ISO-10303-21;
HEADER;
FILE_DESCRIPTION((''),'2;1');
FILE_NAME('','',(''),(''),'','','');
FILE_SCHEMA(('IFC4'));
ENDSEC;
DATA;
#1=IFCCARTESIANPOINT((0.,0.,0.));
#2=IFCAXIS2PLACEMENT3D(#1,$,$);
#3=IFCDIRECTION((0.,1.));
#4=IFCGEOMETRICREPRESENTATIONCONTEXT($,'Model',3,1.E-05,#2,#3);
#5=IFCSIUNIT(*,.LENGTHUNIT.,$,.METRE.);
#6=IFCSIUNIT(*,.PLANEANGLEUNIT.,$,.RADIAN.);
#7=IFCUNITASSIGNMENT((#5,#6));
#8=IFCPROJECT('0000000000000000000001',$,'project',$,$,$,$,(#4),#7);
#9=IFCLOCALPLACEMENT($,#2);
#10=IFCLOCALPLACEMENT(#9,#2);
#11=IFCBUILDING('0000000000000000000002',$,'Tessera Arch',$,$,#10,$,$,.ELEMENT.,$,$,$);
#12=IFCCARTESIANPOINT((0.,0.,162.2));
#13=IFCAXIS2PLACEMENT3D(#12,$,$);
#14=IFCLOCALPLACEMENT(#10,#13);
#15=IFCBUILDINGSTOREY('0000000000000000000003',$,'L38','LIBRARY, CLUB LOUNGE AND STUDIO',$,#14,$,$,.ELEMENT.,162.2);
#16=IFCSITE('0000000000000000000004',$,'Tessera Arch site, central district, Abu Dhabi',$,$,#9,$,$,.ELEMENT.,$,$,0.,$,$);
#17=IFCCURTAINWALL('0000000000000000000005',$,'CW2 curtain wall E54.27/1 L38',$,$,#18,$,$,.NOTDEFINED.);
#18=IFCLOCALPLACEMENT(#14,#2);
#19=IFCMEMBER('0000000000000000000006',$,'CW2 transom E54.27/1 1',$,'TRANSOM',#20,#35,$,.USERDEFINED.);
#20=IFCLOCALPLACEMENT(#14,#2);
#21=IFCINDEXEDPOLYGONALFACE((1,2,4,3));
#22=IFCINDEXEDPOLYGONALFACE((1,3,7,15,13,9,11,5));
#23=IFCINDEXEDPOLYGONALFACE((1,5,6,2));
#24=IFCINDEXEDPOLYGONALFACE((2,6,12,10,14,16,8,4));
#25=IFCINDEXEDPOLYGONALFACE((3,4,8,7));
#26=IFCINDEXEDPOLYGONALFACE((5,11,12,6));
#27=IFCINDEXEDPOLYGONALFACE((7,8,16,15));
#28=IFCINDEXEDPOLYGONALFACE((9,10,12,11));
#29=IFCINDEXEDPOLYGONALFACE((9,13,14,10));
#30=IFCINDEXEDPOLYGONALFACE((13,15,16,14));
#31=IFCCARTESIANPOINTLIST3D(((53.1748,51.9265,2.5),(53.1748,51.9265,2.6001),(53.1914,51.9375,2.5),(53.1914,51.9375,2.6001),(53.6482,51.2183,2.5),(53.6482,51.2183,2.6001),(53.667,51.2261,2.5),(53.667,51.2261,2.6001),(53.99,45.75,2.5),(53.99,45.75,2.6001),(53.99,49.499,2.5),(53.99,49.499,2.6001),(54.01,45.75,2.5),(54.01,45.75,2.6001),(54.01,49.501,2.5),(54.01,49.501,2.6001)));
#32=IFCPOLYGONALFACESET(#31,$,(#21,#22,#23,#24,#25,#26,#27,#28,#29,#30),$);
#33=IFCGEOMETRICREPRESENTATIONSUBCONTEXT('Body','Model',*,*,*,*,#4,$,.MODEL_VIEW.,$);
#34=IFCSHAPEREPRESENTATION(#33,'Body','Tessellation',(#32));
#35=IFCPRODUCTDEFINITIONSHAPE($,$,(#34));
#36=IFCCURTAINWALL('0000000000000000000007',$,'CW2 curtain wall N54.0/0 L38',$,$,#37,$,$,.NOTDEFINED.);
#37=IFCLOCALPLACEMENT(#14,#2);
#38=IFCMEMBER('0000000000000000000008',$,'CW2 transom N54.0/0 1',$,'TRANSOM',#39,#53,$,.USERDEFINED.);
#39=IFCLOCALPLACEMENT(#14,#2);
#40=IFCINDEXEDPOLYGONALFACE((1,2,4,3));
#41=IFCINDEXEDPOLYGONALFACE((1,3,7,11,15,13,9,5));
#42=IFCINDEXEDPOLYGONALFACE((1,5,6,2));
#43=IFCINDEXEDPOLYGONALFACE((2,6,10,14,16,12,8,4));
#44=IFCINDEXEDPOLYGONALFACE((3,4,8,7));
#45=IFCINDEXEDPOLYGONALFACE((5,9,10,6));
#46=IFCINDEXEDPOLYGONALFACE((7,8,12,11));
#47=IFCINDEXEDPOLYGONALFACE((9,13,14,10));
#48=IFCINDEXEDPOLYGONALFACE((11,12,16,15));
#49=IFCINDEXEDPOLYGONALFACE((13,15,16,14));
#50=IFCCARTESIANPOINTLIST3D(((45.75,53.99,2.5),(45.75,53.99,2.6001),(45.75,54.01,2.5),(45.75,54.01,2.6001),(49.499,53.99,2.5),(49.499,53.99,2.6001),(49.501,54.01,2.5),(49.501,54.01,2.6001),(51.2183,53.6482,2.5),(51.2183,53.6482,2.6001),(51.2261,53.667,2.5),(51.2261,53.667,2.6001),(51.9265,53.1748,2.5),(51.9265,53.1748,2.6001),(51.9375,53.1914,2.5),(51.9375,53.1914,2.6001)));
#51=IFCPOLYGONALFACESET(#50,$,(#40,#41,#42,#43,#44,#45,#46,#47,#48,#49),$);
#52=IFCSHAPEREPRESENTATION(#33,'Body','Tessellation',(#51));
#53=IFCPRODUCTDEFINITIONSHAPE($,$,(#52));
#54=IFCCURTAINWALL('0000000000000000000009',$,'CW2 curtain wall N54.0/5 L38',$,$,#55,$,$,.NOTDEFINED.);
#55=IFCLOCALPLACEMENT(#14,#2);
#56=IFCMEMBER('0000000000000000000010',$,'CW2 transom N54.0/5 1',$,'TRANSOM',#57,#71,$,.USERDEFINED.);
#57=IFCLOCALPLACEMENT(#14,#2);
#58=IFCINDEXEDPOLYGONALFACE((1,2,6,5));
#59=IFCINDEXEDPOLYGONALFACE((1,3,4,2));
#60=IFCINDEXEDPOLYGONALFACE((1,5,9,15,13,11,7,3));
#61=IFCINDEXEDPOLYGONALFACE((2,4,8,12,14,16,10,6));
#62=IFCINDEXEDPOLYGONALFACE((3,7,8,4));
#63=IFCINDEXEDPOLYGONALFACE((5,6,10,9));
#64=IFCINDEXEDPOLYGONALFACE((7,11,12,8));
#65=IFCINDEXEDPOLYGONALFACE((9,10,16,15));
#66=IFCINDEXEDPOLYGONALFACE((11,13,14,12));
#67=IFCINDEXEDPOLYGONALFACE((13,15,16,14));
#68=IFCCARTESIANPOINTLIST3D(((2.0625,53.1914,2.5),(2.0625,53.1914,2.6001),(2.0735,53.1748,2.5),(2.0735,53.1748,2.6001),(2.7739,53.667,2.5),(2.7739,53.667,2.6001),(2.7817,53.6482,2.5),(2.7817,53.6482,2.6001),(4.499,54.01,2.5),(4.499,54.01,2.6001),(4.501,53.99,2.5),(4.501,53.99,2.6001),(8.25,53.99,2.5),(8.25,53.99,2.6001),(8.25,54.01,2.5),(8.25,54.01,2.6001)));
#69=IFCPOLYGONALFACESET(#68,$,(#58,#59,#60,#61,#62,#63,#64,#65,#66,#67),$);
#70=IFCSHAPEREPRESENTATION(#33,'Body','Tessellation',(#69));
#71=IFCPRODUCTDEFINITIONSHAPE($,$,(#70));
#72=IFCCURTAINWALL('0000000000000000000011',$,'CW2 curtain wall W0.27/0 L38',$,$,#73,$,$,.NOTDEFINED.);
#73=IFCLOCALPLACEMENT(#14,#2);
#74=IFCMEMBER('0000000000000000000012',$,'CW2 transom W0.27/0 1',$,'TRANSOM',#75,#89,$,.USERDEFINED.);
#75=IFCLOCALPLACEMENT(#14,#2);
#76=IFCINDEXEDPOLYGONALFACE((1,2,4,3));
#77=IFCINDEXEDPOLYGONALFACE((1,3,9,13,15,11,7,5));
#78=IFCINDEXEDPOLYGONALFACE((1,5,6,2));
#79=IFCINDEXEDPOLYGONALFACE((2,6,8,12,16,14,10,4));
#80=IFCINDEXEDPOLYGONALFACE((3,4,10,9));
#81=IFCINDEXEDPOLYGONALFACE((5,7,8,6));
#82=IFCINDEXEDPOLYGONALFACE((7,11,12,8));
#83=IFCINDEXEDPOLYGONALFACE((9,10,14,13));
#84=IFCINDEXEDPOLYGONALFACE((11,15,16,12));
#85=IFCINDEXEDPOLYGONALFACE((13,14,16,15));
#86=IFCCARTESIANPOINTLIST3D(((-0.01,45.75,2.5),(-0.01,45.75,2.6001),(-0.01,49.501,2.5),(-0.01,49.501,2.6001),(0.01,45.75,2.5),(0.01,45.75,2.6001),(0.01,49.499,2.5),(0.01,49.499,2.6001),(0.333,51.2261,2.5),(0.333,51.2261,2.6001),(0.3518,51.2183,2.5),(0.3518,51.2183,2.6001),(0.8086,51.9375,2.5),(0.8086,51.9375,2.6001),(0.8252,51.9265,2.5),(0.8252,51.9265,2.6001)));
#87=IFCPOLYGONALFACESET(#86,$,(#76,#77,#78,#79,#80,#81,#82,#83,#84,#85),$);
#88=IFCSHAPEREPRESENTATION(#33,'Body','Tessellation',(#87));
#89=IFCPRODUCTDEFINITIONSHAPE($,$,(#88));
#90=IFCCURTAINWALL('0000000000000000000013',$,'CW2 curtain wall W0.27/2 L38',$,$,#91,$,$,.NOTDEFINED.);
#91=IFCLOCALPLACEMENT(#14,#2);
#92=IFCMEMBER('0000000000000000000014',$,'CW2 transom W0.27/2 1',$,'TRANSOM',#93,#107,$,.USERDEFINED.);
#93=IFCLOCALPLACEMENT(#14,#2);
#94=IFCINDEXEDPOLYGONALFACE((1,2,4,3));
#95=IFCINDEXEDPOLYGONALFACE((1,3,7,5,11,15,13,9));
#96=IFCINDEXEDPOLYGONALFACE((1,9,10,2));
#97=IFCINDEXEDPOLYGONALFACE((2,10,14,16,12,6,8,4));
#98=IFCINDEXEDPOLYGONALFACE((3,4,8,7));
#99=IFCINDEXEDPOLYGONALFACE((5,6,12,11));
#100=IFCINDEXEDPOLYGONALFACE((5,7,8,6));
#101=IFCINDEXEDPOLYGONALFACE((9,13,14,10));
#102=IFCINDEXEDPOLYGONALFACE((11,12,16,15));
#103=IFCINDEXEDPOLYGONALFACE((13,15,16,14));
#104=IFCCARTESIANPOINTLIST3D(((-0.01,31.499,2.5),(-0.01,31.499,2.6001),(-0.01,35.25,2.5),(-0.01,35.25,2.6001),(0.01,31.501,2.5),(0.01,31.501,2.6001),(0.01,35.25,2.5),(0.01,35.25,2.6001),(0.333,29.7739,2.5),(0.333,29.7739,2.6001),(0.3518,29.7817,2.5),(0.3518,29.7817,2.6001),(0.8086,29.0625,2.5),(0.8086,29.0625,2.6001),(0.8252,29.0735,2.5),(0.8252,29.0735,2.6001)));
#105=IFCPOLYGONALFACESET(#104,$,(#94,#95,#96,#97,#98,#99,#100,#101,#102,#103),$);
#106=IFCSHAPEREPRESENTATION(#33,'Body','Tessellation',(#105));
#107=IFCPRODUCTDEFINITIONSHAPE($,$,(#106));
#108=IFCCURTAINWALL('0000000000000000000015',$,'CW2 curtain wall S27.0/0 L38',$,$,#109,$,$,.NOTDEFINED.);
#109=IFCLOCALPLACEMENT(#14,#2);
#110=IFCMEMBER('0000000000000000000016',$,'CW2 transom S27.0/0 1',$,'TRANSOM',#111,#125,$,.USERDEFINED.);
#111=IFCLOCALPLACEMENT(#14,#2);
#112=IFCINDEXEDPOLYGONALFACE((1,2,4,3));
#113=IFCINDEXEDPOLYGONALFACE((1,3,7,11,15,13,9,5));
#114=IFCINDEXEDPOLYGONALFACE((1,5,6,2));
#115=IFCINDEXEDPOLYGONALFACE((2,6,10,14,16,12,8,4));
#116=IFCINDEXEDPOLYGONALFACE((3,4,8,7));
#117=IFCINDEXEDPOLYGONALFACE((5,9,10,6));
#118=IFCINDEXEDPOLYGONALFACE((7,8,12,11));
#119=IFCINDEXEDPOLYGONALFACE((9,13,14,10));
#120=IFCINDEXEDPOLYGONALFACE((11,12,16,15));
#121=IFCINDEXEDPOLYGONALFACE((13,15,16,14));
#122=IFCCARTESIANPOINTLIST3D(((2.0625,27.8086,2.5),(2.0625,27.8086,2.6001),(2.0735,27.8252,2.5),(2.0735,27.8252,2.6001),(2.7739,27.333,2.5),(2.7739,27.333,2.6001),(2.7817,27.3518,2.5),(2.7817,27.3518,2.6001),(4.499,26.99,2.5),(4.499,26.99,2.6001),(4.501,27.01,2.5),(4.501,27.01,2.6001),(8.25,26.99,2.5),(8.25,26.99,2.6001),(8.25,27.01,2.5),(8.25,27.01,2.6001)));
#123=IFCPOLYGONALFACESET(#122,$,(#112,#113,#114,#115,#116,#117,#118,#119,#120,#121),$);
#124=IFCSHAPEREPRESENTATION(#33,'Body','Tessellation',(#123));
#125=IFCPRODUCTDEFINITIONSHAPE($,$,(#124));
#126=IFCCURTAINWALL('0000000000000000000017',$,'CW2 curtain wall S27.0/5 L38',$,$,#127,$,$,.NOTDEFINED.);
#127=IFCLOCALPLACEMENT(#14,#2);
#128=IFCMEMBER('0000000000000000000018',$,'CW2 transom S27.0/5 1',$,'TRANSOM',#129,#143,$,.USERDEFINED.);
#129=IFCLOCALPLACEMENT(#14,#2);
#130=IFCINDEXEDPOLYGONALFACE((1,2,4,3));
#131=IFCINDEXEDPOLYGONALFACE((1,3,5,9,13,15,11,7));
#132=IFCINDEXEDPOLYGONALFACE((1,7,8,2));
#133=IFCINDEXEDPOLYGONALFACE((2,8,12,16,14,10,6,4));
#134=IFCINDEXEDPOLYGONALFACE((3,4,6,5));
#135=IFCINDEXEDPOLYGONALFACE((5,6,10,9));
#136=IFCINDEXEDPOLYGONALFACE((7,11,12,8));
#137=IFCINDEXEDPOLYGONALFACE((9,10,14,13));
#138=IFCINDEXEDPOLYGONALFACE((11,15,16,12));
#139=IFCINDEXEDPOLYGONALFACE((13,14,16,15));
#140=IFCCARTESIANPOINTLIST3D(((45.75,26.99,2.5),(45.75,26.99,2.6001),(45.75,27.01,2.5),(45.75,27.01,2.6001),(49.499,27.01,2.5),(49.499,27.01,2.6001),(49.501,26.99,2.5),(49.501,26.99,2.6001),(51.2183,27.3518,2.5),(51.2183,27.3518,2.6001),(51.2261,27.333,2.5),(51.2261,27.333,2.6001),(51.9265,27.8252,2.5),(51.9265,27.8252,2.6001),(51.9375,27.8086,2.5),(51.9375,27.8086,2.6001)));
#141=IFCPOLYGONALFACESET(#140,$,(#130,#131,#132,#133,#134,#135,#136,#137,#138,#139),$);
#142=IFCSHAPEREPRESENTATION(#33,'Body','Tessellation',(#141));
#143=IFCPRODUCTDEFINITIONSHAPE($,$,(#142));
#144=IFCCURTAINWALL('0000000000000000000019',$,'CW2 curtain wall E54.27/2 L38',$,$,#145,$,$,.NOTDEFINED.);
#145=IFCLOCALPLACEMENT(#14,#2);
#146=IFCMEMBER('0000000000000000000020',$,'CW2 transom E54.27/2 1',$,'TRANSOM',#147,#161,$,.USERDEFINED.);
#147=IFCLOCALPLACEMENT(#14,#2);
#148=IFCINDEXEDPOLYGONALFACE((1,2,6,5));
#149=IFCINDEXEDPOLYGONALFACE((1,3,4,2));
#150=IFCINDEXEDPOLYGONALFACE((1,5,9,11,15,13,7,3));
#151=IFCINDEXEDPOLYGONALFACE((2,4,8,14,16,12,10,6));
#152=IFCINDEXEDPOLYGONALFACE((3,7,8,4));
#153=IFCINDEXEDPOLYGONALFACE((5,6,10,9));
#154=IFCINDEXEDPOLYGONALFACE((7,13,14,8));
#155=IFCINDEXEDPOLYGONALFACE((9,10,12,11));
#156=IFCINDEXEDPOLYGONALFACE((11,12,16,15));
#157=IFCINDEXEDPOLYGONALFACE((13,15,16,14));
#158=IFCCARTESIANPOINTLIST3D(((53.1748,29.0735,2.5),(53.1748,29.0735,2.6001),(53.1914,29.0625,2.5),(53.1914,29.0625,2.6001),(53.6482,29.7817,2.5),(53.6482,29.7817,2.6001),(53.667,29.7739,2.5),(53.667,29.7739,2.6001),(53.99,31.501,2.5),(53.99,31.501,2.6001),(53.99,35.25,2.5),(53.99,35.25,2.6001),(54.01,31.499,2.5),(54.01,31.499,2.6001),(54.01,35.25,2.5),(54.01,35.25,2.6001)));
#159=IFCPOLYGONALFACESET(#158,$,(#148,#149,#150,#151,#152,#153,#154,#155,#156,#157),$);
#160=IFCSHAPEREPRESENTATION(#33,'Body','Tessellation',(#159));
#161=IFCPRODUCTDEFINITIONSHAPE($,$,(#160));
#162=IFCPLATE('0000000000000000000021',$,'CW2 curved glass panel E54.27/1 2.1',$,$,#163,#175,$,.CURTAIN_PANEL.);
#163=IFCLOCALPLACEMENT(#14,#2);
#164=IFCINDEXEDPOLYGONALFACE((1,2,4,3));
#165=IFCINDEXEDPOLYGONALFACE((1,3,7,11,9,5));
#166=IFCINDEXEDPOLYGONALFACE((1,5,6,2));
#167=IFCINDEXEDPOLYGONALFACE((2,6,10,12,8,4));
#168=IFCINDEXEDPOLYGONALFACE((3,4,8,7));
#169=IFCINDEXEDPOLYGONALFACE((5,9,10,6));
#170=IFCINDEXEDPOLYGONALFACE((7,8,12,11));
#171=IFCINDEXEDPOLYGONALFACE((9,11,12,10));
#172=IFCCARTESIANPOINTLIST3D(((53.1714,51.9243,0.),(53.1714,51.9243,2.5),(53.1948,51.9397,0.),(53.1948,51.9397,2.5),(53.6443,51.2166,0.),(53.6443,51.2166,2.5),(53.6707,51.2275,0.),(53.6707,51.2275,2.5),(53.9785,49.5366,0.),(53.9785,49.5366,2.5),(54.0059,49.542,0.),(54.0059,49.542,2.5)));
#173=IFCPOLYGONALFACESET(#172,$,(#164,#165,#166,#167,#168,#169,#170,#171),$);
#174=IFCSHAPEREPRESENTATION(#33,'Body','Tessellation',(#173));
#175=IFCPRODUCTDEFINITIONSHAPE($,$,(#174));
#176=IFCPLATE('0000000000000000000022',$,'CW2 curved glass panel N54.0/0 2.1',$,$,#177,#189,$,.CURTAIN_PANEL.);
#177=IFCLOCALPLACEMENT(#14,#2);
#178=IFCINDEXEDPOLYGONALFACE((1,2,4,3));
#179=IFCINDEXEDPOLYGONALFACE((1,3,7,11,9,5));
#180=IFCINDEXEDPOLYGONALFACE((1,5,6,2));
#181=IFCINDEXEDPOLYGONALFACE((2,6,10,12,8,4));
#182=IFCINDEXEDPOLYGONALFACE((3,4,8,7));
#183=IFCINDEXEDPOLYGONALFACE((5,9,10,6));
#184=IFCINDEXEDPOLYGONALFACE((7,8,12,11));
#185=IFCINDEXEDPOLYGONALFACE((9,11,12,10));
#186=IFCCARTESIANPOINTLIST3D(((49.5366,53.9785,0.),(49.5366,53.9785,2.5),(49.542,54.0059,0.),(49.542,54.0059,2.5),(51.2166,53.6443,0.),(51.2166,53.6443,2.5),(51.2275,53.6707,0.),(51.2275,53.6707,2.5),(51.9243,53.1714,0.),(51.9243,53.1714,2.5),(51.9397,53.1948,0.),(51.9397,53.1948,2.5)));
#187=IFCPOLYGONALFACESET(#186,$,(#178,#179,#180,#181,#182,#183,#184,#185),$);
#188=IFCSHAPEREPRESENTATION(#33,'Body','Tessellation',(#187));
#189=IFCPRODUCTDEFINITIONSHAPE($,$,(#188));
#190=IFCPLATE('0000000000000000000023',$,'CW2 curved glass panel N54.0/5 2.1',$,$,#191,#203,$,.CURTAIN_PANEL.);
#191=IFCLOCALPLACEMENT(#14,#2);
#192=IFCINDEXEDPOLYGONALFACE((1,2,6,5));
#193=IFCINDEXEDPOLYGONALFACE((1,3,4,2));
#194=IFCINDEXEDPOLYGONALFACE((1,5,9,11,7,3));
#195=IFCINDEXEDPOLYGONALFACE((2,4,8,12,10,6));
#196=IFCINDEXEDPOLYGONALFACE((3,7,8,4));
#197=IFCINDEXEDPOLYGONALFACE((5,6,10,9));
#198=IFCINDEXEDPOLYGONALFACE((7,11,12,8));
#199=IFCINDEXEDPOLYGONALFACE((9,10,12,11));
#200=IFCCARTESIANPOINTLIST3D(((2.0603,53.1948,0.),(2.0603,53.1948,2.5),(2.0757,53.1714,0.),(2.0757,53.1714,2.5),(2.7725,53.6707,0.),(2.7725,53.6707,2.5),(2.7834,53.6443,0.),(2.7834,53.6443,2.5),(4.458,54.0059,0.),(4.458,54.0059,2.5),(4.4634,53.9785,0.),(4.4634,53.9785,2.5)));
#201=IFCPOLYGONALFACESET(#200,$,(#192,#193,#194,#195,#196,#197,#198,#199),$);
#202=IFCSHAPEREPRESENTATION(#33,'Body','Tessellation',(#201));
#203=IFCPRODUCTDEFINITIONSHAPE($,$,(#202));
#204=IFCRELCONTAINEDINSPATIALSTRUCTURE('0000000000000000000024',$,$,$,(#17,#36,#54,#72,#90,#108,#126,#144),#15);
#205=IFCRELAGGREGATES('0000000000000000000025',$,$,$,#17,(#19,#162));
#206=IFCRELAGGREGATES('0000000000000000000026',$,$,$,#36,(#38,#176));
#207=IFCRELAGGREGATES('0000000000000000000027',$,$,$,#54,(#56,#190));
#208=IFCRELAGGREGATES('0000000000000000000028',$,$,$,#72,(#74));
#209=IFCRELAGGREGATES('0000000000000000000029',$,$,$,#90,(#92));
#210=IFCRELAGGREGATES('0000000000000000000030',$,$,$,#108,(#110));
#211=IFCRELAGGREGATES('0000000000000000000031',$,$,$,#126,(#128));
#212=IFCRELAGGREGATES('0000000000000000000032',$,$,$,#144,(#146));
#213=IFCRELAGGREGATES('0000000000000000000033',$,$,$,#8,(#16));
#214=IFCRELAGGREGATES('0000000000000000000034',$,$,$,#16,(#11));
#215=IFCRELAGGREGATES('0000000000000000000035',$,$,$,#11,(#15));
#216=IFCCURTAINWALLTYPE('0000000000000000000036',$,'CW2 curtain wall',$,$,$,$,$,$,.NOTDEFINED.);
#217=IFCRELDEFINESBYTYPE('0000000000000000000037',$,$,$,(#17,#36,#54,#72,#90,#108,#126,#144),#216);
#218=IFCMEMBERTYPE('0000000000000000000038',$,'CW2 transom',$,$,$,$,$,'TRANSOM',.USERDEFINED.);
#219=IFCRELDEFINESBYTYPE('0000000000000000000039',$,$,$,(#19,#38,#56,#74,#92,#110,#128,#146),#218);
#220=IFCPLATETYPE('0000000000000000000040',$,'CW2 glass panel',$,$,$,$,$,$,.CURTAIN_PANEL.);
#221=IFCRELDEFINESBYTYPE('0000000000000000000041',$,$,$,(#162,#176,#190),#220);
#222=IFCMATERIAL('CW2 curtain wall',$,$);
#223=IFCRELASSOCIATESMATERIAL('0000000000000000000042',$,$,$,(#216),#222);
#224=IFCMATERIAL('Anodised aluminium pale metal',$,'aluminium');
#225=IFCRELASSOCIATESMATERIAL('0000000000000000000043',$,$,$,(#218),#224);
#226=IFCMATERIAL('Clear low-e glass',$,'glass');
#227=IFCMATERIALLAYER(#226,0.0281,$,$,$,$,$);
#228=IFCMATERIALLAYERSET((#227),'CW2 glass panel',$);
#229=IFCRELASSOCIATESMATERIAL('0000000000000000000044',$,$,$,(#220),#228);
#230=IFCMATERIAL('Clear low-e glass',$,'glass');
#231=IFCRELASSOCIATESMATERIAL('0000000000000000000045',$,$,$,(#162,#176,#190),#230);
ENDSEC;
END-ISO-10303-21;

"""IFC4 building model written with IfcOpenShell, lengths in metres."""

from ifc_helpers import new_model, si_unit, direction, frame, origin, origin_2d, place, context, subcontext, project, spatial, polyline, rectangle, outline, extrude, material, layer, layer_set, material_profile, profile_set, type_object, element, aggregate, save


model = new_model("IFC4")

# Units and contexts
model_context = context("Model", 3, precision=1e-05, world=origin(), true_north=direction((0.0, 1.0)))
body_context = subcontext(model_context, "Body", "Model", "MODEL_VIEW")
ifc_project = project(units=[si_unit("LENGTHUNIT", "METRE"), si_unit("PLANEANGLEUNIT", "RADIAN")], contexts=[model_context])

# Site, building, storey
site_placement = place(None, origin())
site = spatial("IfcSite", under=ifc_project, at=site_placement, Name="Tessera Arch site, central district, Abu Dhabi", CompositionType="ELEMENT", RefElevation=0.0)
building_placement = place(site_placement, origin())
building = spatial("IfcBuilding", under=site, at=building_placement, Name="Tessera Arch", CompositionType="ELEMENT")
storey_placement = place(building_placement, frame((0.0, 0.0, 162.2)))
storey = spatial("IfcBuildingStorey", under=building, at=storey_placement, Name="L38", Description="LIBRARY, CLUB LOUNGE AND STUDIO", CompositionType="ELEMENT", Elevation=162.2)

# Curtain walls, members
ifc_material_1 = material(Name="CW2 curtain wall")
curtain_wall_type = type_object("IfcCurtainWallType", Name="CW2 curtain wall", PredefinedType="NOTDEFINED", material=ifc_material_1)
curtain_wall_1_placement = place(storey_placement, origin())
curtain_wall_1 = element("IfcCurtainWall", 1, at=curtain_wall_1_placement, inside=storey, type_object=curtain_wall_type, Name="CW2 curtain wall E54.27/1 L38", PredefinedType="NOTDEFINED")
ifc_material_2 = material(Name="Anodised aluminium pale metal", Category="aluminium")
ifc_material_profile = material_profile(ifc_material_2, rectangle(XDim=0.2, YDim=0.1001, at=origin_2d()), Name="AL 200x100")
ifc_profile_set = profile_set([ifc_material_profile], Name="Anodised aluminium pale metal")
member_type = type_object("IfcMemberType", Name="CW2 transom", ElementType="TRANSOM", PredefinedType="USERDEFINED", material=ifc_profile_set)
member_1_placement = place(storey_placement, frame((0.0, 0.0, 2.5)))
member_1 = element("IfcMember", 2, at=member_1_placement, type_object=member_type, Name="CW2 transom E54.27/1 1", ObjectType="TRANSOM", PredefinedType="USERDEFINED", context=body_context, shape_type="SweptSolid", body=[
    extrude(outline(polyline([(53.99, 49.499), (53.99, 45.75), (54.01, 45.75), (54.01, 49.501), (53.667, 51.2261), (53.1914, 51.9375), (53.1748, 51.9265), (53.6482, 51.2183), (53.99, 49.499)])), origin(), (0.0, 0.0, 1.0), 0.1001),
])
curtain_wall_2_placement = place(storey_placement, origin())
curtain_wall_2 = element("IfcCurtainWall", 3, at=curtain_wall_2_placement, inside=storey, type_object=curtain_wall_type, Name="CW2 curtain wall N54.0/0 L38", PredefinedType="NOTDEFINED")
member_2_placement = place(storey_placement, frame((0.0, 0.0, 2.5)))
member_2 = element("IfcMember", 4, at=member_2_placement, type_object=member_type, Name="CW2 transom N54.0/0 1", ObjectType="TRANSOM", PredefinedType="USERDEFINED", context=body_context, shape_type="SweptSolid", body=[
    extrude(outline(polyline([(51.2183, 53.6482), (51.9265, 53.1748), (51.9375, 53.1914), (51.2261, 53.667), (49.501, 54.01), (45.75, 54.01), (45.75, 53.99), (49.499, 53.99), (51.2183, 53.6482)])), origin(), (0.0, 0.0, 1.0), 0.1001),
])
curtain_wall_3_placement = place(storey_placement, origin())
curtain_wall_3 = element("IfcCurtainWall", 5, at=curtain_wall_3_placement, inside=storey, type_object=curtain_wall_type, Name="CW2 curtain wall N54.0/5 L38", PredefinedType="NOTDEFINED")
member_3_placement = place(storey_placement, frame((0.0, 0.0, 2.5)))
member_3 = element("IfcMember", 6, at=member_3_placement, type_object=member_type, Name="CW2 transom N54.0/5 1", ObjectType="TRANSOM", PredefinedType="USERDEFINED", context=body_context, shape_type="SweptSolid", body=[
    extrude(outline(polyline([(4.501, 53.99), (8.25, 53.99), (8.25, 54.01), (4.499, 54.01), (2.7739, 53.667), (2.0625, 53.1914), (2.0735, 53.1748), (2.7817, 53.6482), (4.501, 53.99)])), origin(), (0.0, 0.0, 1.0), 0.1001),
])
curtain_wall_4_placement = place(storey_placement, origin())
curtain_wall_4 = element("IfcCurtainWall", 7, at=curtain_wall_4_placement, inside=storey, type_object=curtain_wall_type, Name="CW2 curtain wall W0.27/0 L38", PredefinedType="NOTDEFINED")
member_4_placement = place(storey_placement, frame((0.0, 0.0, 2.5)))
member_4 = element("IfcMember", 8, at=member_4_placement, type_object=member_type, Name="CW2 transom W0.27/0 1", ObjectType="TRANSOM", PredefinedType="USERDEFINED", context=body_context, shape_type="SweptSolid", body=[
    extrude(outline(polyline([(0.3518, 51.2183), (0.8252, 51.9265), (0.8086, 51.9375), (0.333, 51.2261), (-0.01, 49.501), (-0.01, 45.75), (0.01, 45.75), (0.01, 49.499), (0.3518, 51.2183)])), origin(), (0.0, 0.0, 1.0), 0.1001),
])
curtain_wall_5_placement = place(storey_placement, origin())
curtain_wall_5 = element("IfcCurtainWall", 9, at=curtain_wall_5_placement, inside=storey, type_object=curtain_wall_type, Name="CW2 curtain wall W0.27/2 L38", PredefinedType="NOTDEFINED")
member_5_placement = place(storey_placement, frame((0.0, 0.0, 2.5)))
member_5 = element("IfcMember", 10, at=member_5_placement, type_object=member_type, Name="CW2 transom W0.27/2 1", ObjectType="TRANSOM", PredefinedType="USERDEFINED", context=body_context, shape_type="SweptSolid", body=[
    extrude(outline(polyline([(0.01, 31.501), (0.01, 35.25), (-0.01, 35.25), (-0.01, 31.499), (0.333, 29.7739), (0.8086, 29.0625), (0.8252, 29.0735), (0.3518, 29.7817), (0.01, 31.501)])), origin(), (0.0, 0.0, 1.0), 0.1001),
])
curtain_wall_6_placement = place(storey_placement, origin())
curtain_wall_6 = element("IfcCurtainWall", 11, at=curtain_wall_6_placement, inside=storey, type_object=curtain_wall_type, Name="CW2 curtain wall S27.0/0 L38", PredefinedType="NOTDEFINED")
member_6_placement = place(storey_placement, frame((0.0, 0.0, 2.5)))
member_6 = element("IfcMember", 12, at=member_6_placement, type_object=member_type, Name="CW2 transom S27.0/0 1", ObjectType="TRANSOM", PredefinedType="USERDEFINED", context=body_context, shape_type="SweptSolid", body=[
    extrude(outline(polyline([(2.7817, 27.3518), (2.0735, 27.8252), (2.0625, 27.8086), (2.7739, 27.333), (4.499, 26.99), (8.25, 26.99), (8.25, 27.01), (4.501, 27.01), (2.7817, 27.3518)])), origin(), (0.0, 0.0, 1.0), 0.1001),
])
curtain_wall_7_placement = place(storey_placement, origin())
curtain_wall_7 = element("IfcCurtainWall", 13, at=curtain_wall_7_placement, inside=storey, type_object=curtain_wall_type, Name="CW2 curtain wall S27.0/5 L38", PredefinedType="NOTDEFINED")
member_7_placement = place(storey_placement, frame((0.0, 0.0, 2.5)))
member_7 = element("IfcMember", 14, at=member_7_placement, type_object=member_type, Name="CW2 transom S27.0/5 1", ObjectType="TRANSOM", PredefinedType="USERDEFINED", context=body_context, shape_type="SweptSolid", body=[
    extrude(outline(polyline([(49.499, 27.01), (45.75, 27.01), (45.75, 26.99), (49.501, 26.99), (51.2261, 27.333), (51.9375, 27.8086), (51.9265, 27.8252), (51.2183, 27.3518), (49.499, 27.01)])), origin(), (0.0, 0.0, 1.0), 0.1001),
])
curtain_wall_8_placement = place(storey_placement, origin())
curtain_wall_8 = element("IfcCurtainWall", 15, at=curtain_wall_8_placement, inside=storey, type_object=curtain_wall_type, Name="CW2 curtain wall E54.27/2 L38", PredefinedType="NOTDEFINED")
member_8_placement = place(storey_placement, frame((0.0, 0.0, 2.5)))
member_8 = element("IfcMember", 16, at=member_8_placement, type_object=member_type, Name="CW2 transom E54.27/2 1", ObjectType="TRANSOM", PredefinedType="USERDEFINED", context=body_context, shape_type="SweptSolid", body=[
    extrude(outline(polyline([(53.6482, 29.7817), (53.1748, 29.0735), (53.1914, 29.0625), (53.667, 29.7739), (54.01, 31.499), (54.01, 35.25), (53.99, 35.25), (53.99, 31.501), (53.6482, 29.7817)])), origin(), (0.0, 0.0, 1.0), 0.1001),
])

# Plates
ifc_material_3 = material(Name="Clear low-e glass", Category="glass")
ifc_material_4 = material(Name="Clear low-e glass", Category="glass")
ifc_layer_1 = layer(ifc_material_4, 0.0281)
ifc_layer_set_1 = layer_set([ifc_layer_1], Name="CW2 glass panel")
plate_type_1 = type_object("IfcPlateType", Name="CW2 glass panel", PredefinedType="CURTAIN_PANEL", material=ifc_layer_set_1)
plate_1_placement = place(storey_placement, origin())
plate_1 = element("IfcPlate", 17, at=plate_1_placement, type_object=plate_type_1, material=ifc_material_3, Name="CW2 curved glass panel E54.27/1 2.1", PredefinedType="CURTAIN_PANEL", context=body_context, shape_type="SweptSolid", body=[
    extrude(outline(polyline([(53.6443, 51.2166), (53.9785, 49.5366), (54.0059, 49.542), (53.6707, 51.2275), (53.1948, 51.9397), (53.1714, 51.9243), (53.6443, 51.2166)])), origin(), (0.0, 0.0, 1.0), 2.5),
])
plate_2_placement = place(storey_placement, origin())
plate_2 = element("IfcPlate", 18, at=plate_2_placement, type_object=plate_type_1, material=ifc_material_3, Name="CW2 curved glass panel N54.0/0 2.1", PredefinedType="CURTAIN_PANEL", context=body_context, shape_type="SweptSolid", body=[
    extrude(outline(polyline([(51.2166, 53.6443), (51.9243, 53.1714), (51.9397, 53.1948), (51.2275, 53.6707), (49.542, 54.0059), (49.5366, 53.9785), (51.2166, 53.6443)])), origin(), (0.0, 0.0, 1.0), 2.5),
])
plate_3_placement = place(storey_placement, origin())
plate_3 = element("IfcPlate", 19, at=plate_3_placement, type_object=plate_type_1, material=ifc_material_3, Name="CW2 curved glass panel N54.0/5 2.1", PredefinedType="CURTAIN_PANEL", context=body_context, shape_type="SweptSolid", body=[
    extrude(outline(polyline([(2.7834, 53.6443), (4.4634, 53.9785), (4.458, 54.0059), (2.7725, 53.6707), (2.0603, 53.1948), (2.0757, 53.1714), (2.7834, 53.6443)])), origin(), (0.0, 0.0, 1.0), 2.5),
])
aggregate(curtain_wall_1, [member_1, plate_1])
aggregate(curtain_wall_2, [member_2, plate_2])
aggregate(curtain_wall_3, [member_3, plate_3])
aggregate(curtain_wall_4, [member_4])
aggregate(curtain_wall_5, [member_5])
aggregate(curtain_wall_6, [member_6])
aggregate(curtain_wall_7, [member_7])
aggregate(curtain_wall_8, [member_8])

save(model, "model.ifc")
